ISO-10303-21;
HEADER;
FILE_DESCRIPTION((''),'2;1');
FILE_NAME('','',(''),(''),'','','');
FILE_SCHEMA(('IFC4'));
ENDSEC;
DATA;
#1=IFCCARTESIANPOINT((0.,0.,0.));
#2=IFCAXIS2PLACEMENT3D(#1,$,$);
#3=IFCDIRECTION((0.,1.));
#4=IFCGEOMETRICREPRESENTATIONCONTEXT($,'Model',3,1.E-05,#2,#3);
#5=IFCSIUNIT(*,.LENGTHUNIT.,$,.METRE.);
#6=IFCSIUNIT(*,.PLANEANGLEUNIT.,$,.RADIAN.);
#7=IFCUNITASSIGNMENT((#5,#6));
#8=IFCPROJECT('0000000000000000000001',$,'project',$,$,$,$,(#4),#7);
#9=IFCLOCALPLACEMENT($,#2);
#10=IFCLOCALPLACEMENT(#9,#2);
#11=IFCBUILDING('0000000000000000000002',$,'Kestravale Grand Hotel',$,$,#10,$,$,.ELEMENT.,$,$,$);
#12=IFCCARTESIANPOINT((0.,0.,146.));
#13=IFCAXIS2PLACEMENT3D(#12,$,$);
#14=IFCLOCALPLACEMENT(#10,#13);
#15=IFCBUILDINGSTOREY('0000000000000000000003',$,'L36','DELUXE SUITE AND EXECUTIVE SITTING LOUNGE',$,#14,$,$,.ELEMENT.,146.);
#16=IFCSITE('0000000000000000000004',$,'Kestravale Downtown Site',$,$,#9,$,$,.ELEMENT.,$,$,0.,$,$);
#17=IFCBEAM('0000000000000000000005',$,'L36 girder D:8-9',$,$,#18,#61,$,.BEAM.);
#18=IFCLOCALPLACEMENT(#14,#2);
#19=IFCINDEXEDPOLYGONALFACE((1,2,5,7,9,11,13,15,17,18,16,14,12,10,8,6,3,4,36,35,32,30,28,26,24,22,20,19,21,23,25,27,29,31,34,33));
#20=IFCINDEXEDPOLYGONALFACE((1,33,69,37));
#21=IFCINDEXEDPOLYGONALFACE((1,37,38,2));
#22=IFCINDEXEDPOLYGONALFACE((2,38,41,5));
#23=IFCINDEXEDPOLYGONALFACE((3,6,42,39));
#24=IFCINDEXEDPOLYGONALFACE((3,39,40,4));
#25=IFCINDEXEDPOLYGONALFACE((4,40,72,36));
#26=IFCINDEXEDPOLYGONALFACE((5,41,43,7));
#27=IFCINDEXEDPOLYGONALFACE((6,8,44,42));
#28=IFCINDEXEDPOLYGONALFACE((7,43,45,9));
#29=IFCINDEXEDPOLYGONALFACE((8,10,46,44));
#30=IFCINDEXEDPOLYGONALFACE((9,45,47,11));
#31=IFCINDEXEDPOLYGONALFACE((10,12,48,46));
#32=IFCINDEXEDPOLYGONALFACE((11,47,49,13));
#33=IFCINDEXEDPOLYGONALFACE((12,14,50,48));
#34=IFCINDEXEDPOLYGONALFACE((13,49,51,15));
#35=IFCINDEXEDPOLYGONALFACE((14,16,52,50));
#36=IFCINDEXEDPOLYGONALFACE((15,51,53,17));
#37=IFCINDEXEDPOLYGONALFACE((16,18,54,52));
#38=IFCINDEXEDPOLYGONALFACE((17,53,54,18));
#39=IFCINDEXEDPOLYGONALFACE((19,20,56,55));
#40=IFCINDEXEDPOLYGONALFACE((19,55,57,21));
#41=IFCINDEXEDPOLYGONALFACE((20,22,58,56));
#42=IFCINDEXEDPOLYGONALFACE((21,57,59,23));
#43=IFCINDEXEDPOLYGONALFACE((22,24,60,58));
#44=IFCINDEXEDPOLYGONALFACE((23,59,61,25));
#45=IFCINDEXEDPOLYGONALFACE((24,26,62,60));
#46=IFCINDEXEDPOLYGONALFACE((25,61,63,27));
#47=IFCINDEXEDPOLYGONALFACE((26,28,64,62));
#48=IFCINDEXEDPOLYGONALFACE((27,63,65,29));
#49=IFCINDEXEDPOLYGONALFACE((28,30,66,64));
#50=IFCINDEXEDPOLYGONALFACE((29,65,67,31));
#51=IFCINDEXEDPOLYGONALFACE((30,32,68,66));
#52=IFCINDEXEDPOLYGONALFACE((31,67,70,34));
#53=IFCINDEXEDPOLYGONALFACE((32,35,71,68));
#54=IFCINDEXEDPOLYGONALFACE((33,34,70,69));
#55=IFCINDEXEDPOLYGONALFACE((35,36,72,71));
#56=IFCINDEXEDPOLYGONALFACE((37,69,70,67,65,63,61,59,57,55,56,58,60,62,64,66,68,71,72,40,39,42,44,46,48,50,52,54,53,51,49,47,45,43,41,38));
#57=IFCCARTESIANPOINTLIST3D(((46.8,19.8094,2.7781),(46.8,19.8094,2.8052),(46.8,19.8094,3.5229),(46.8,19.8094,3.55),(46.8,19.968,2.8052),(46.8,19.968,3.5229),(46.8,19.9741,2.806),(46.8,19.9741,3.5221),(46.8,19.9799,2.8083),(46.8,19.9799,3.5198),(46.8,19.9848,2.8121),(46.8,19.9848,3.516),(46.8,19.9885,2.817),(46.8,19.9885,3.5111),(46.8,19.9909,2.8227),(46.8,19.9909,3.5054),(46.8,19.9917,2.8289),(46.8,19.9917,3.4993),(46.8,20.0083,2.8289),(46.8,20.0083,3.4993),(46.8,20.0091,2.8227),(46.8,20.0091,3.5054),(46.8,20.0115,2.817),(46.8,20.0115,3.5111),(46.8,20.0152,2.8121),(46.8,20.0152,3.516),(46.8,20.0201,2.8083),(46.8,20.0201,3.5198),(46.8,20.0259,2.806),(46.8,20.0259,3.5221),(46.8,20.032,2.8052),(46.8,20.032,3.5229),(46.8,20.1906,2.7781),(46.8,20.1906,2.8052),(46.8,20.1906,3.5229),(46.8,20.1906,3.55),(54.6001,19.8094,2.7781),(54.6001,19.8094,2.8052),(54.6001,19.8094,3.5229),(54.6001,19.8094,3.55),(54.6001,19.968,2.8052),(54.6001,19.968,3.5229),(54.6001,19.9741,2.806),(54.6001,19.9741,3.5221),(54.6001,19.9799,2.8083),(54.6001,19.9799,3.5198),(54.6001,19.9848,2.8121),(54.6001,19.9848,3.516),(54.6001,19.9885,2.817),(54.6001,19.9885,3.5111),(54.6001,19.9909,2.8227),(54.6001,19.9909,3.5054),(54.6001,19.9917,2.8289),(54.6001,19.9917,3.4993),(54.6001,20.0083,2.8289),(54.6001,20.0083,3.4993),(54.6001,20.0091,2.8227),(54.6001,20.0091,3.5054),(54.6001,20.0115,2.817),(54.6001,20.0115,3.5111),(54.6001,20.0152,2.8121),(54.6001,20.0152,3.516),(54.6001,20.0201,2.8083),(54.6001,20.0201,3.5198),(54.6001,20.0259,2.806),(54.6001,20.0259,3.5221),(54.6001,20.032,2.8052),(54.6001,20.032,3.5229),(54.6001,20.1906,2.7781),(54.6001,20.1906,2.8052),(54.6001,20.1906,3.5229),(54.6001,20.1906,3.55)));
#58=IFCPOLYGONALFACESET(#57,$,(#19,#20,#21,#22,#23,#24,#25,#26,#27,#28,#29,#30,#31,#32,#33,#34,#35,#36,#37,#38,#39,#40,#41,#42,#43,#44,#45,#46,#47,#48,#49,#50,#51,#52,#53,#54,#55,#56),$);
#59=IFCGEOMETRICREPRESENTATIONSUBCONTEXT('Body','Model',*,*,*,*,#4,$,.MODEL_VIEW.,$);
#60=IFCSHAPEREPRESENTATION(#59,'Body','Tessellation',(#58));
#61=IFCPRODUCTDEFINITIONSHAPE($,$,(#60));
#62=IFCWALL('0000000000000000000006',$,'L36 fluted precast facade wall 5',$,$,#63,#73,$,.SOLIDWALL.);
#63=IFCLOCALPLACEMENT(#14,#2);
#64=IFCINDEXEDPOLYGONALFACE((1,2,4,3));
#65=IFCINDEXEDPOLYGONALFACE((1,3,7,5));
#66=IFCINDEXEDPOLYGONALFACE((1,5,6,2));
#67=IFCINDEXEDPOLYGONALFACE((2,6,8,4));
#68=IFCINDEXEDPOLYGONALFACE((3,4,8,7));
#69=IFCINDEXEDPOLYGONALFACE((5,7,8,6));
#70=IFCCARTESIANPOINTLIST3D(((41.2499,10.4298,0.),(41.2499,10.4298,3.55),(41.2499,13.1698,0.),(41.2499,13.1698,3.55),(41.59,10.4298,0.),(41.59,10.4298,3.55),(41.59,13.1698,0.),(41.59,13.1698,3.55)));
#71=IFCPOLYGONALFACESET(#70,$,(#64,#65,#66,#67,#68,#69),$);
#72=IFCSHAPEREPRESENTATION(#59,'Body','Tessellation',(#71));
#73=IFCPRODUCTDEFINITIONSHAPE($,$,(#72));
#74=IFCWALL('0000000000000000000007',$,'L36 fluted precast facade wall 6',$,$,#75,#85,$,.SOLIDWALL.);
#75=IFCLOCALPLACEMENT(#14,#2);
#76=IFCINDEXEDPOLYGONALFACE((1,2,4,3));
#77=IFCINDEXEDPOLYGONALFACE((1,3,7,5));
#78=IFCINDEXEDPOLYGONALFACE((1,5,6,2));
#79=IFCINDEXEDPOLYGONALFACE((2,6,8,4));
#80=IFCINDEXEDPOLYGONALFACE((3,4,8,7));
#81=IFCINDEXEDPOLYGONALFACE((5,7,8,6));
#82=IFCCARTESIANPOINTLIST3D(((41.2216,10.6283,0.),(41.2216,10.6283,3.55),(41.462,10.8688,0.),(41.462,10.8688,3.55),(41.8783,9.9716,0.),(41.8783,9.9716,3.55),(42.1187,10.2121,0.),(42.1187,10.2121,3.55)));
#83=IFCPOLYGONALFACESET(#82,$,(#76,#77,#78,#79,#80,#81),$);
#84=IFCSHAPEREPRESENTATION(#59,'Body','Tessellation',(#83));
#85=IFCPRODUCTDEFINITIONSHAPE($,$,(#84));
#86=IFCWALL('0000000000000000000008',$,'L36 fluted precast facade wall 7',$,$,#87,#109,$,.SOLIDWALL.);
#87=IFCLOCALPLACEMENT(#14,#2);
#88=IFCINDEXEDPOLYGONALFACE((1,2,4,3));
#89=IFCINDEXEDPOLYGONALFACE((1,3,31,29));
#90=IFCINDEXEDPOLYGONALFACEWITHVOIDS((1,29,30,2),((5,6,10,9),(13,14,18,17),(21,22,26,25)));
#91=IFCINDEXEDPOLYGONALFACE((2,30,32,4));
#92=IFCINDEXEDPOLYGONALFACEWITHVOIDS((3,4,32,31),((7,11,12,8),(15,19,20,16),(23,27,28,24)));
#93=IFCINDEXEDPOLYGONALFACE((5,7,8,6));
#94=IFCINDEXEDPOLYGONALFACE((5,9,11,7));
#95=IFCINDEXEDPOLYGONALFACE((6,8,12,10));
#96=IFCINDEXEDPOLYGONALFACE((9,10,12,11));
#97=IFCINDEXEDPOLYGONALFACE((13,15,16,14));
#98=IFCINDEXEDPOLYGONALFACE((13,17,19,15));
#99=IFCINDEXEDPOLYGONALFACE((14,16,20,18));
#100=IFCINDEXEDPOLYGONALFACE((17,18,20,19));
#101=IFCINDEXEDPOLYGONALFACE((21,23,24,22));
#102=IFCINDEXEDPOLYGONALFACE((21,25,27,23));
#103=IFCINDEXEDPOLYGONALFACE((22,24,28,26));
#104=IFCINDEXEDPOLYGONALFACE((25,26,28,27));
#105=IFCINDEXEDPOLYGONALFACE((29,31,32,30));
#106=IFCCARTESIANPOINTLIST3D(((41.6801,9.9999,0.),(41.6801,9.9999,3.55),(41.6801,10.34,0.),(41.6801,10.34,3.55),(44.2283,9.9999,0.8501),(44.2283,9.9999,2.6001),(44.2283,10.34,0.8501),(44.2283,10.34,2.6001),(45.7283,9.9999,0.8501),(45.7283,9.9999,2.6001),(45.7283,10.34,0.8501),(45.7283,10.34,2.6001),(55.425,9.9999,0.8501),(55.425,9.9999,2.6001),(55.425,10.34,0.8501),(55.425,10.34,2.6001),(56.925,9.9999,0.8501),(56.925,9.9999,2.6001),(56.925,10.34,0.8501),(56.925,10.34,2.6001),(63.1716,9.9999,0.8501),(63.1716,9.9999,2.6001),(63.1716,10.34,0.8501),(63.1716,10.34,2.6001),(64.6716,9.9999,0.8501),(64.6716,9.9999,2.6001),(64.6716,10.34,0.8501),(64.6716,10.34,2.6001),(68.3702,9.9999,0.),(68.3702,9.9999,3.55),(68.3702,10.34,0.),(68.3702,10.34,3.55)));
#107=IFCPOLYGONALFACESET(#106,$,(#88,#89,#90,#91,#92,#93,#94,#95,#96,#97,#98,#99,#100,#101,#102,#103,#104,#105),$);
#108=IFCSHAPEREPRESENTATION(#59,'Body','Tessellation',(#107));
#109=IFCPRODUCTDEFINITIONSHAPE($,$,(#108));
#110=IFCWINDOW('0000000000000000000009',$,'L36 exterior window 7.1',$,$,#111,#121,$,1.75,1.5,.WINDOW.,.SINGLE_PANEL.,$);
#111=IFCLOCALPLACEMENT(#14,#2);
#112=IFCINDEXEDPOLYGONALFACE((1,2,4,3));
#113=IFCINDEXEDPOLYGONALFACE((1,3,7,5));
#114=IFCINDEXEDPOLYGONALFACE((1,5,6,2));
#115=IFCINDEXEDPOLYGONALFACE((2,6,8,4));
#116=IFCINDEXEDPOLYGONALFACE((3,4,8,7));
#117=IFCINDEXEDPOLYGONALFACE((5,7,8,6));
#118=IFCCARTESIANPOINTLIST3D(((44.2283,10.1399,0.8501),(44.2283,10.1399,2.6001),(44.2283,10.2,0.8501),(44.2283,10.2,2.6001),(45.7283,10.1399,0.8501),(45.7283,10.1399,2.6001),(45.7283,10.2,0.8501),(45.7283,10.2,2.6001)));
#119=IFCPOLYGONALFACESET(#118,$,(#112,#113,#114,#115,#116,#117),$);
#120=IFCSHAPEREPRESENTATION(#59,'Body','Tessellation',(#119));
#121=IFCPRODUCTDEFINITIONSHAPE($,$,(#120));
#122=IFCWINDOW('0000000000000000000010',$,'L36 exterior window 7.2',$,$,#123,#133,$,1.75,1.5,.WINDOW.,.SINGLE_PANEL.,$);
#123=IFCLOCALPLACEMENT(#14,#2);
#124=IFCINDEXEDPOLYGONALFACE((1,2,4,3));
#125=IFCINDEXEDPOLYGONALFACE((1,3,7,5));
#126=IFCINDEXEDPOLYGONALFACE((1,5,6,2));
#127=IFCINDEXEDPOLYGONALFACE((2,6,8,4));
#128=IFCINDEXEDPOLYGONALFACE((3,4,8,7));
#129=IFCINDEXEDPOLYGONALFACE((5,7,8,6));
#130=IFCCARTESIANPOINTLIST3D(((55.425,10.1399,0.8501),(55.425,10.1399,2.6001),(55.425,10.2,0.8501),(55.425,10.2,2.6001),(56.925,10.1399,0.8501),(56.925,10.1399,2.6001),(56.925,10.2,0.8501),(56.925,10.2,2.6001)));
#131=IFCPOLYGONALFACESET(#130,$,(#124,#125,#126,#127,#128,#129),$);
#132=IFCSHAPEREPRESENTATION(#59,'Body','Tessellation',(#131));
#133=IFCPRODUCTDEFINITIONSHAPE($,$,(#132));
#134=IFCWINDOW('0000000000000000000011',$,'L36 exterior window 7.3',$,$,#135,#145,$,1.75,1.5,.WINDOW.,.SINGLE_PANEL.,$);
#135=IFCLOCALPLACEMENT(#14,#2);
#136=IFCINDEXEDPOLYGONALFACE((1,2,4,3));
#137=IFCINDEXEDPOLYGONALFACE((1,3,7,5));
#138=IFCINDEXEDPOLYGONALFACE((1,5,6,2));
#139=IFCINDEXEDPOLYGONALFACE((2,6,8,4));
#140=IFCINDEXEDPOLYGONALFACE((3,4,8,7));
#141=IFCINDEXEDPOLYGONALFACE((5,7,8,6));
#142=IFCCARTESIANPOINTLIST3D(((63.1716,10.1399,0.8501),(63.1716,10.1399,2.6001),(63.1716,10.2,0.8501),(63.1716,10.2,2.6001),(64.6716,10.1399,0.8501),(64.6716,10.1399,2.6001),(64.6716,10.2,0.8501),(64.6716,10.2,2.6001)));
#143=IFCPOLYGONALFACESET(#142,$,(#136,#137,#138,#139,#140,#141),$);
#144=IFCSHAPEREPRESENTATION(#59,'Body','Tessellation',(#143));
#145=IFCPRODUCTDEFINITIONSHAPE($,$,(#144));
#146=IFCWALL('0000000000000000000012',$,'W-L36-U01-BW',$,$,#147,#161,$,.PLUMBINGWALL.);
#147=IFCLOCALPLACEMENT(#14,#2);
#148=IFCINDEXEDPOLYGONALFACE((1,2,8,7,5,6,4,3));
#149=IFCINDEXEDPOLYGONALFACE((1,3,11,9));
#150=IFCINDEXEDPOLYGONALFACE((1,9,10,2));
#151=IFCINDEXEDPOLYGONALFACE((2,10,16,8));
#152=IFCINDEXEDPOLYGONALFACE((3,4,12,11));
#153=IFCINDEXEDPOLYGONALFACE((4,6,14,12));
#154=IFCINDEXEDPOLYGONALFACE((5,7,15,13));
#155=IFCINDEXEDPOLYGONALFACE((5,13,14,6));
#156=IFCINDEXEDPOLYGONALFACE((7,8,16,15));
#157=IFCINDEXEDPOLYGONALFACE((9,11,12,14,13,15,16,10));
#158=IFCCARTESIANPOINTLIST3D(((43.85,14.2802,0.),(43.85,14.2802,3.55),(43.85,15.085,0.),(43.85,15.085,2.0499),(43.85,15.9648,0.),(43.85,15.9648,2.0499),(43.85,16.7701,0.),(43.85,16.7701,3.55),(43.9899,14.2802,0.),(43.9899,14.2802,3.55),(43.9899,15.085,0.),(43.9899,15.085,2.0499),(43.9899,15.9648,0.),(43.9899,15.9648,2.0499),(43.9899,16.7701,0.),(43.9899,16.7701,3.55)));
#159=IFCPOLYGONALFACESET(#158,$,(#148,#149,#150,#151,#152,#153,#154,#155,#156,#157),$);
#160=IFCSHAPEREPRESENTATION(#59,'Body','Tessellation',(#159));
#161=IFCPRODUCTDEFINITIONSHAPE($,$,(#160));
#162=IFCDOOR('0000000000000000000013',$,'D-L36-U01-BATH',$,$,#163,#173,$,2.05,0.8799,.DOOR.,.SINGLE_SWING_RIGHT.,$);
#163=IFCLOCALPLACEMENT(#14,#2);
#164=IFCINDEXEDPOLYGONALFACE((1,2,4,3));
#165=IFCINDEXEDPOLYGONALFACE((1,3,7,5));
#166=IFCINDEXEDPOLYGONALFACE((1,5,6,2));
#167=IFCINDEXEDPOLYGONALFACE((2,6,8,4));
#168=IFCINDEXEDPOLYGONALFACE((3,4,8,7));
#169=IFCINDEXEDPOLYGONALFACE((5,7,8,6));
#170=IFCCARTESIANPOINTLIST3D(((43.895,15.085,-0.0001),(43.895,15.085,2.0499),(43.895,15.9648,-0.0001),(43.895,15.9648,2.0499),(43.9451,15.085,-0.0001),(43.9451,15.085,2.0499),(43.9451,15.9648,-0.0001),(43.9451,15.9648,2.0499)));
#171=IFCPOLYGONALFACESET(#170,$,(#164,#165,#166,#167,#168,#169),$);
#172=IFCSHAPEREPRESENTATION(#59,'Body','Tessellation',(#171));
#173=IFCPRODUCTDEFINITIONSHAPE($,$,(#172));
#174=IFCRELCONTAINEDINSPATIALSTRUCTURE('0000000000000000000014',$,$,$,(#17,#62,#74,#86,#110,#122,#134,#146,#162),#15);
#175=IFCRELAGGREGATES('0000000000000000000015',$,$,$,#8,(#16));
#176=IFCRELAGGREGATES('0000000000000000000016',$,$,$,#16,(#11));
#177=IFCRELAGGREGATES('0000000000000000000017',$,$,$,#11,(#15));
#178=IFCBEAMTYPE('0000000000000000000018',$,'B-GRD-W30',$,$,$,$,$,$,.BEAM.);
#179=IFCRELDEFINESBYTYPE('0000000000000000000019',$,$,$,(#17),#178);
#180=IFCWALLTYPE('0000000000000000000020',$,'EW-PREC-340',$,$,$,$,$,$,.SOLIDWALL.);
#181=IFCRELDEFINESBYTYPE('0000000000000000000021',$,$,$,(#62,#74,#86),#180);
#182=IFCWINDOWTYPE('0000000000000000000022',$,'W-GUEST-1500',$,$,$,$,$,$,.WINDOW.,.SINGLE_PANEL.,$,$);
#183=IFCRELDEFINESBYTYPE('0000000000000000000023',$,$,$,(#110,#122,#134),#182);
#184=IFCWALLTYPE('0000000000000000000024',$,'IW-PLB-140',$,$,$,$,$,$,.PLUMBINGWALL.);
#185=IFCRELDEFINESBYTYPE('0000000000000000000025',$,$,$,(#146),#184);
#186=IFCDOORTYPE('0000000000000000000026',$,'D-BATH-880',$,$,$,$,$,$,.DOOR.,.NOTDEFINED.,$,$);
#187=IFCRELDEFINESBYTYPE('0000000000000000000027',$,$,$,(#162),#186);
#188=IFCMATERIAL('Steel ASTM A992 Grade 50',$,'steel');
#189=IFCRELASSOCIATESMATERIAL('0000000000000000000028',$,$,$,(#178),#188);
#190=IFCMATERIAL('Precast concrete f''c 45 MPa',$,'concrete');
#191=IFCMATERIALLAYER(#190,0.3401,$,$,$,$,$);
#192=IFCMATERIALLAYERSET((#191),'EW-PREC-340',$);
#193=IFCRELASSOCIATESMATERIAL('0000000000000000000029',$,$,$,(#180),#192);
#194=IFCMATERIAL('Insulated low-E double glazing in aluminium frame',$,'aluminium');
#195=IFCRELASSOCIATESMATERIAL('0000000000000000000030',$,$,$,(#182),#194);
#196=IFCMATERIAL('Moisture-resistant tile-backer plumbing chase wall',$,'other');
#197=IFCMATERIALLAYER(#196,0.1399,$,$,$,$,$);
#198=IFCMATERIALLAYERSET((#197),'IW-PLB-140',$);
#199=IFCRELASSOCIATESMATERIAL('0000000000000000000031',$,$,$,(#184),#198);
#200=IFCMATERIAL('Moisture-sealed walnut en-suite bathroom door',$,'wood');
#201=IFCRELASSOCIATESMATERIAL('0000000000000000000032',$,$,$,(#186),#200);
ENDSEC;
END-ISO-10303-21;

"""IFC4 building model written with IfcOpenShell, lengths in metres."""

from ifc_helpers import new_model, si_unit, direction, frame, frame_2d, origin, origin_2d, place, context, subcontext, project, spatial, rectangle, i_section, extrude, material, layer, layer_set, material_profile, profile_set, type_object, element, fill, save


model = new_model("IFC4")

# Units and contexts
model_context = context("Model", 3, precision=1e-05, world=origin(), true_north=direction((0.0, 1.0)))
body_context = subcontext(model_context, "Body", "Model", "MODEL_VIEW")
ifc_project = project(units=[si_unit("LENGTHUNIT", "METRE"), si_unit("PLANEANGLEUNIT", "RADIAN")], contexts=[model_context])

# Site, building, storey
site_placement = place(None, origin())
site = spatial("IfcSite", under=ifc_project, at=site_placement, Name="Kestravale Downtown Site", CompositionType="ELEMENT", RefElevation=0.0)
building_placement = place(site_placement, origin())
building = spatial("IfcBuilding", under=site, at=building_placement, Name="Kestravale Grand Hotel", CompositionType="ELEMENT")
storey_placement = place(building_placement, frame((0.0, 0.0, 146.0)))
storey = spatial("IfcBuildingStorey", under=building, at=storey_placement, Name="L36", Description="DELUXE SUITE AND EXECUTIVE SITTING LOUNGE", CompositionType="ELEMENT", Elevation=146.0)

# Beam
ifc_material_1 = material(Name="Steel ASTM A992 Grade 50", Category="steel")
ifc_material_profile_1 = material_profile(ifc_material_1, i_section(OverallWidth=0.3811, OverallDepth=0.772, WebThickness=0.0166, FlangeThickness=0.0271, FilletRadius=0.0237, at=origin_2d()))
ifc_profile_set_1 = profile_set([ifc_material_profile_1], Name="Steel ASTM A992 Grade 50")
beam_type_1 = type_object("IfcBeamType", Name="B-GRD-W30", PredefinedType="BEAM", material=ifc_profile_set_1)
beam_1_placement = place(storey_placement, frame((46.8, 20.0, 3.1641), z_axis=(1.0, 0.0, 0.0), x_axis=(0.0, 1.0, 0.0)))
element("IfcBeam", 1, at=beam_1_placement, inside=storey, type_object=beam_type_1, Name="L36 girder D:8-9", PredefinedType="BEAM", context=body_context, shape_type="SweptSolid", body=[
    extrude(i_section(OverallWidth=0.3811, OverallDepth=0.772, WebThickness=0.0166, FlangeThickness=0.0271, FilletRadius=0.0237, at=origin_2d()), origin(), (0.0, 0.0, 1.0), 7.8),
])

# Walls
ifc_material_2 = material(Name="Precast concrete f'c 45 MPa", Category="concrete")
ifc_layer_1 = layer(ifc_material_2, 0.3401)
ifc_layer_set_1 = layer_set([ifc_layer_1], Name="EW-PREC-340")
wall_type_1 = type_object("IfcWallType", Name="EW-PREC-340", PredefinedType="SOLIDWALL", material=ifc_layer_set_1)
wall_1_placement = place(storey_placement, frame((41.4199, 13.1699, 0.0), z_axis=(0.0, 0.0, 1.0), x_axis=(0.0, -1.0, 0.0)))
element("IfcWall", 2, at=wall_1_placement, inside=storey, type_object=wall_type_1, Name="L36 fluted precast facade wall 5", PredefinedType="SOLIDWALL", context=body_context, shape_type="SweptSolid", body=[
    extrude(rectangle(XDim=2.74, YDim=0.3401, at=frame_2d((1.3701, 0.0))), origin(), (0.0, 0.0, 1.0), 3.55),
])
wall_2_placement = place(storey_placement, frame((41.3418, 10.7485, 0.0), z_axis=(0.0, 0.0, 1.0), x_axis=(0.707107, -0.707107, 0.0)))
element("IfcWall", 3, at=wall_2_placement, inside=storey, type_object=wall_type_1, Name="L36 fluted precast facade wall 6", PredefinedType="SOLIDWALL", context=body_context, shape_type="SweptSolid", body=[
    extrude(rectangle(XDim=0.9287, YDim=0.3401, at=frame_2d((0.4644, 0.0))), origin(), (0.0, 0.0, 1.0), 3.55),
])

# Wall, openings, windows
wall_3_placement = place(storey_placement, frame((41.6799, 10.1699, 0.0), z_axis=(0.0, 0.0, 1.0), x_axis=(1.0, 0.0, 0.0)))
wall_3 = element("IfcWall", 4, at=wall_3_placement, inside=storey, type_object=wall_type_1, Name="L36 fluted precast facade wall 7", PredefinedType="SOLIDWALL", context=body_context, shape_type="SweptSolid", body=[
    extrude(rectangle(XDim=26.6902, YDim=0.3401, at=frame_2d((13.3452, 0.0))), origin(), (0.0, 0.0, 1.0), 3.55),
])
opening_1_placement = place(wall_3_placement, frame((2.5483, 0.0, 0.8501)))
opening_1 = element("IfcOpeningElement", 5, at=opening_1_placement, cuts=wall_3, PredefinedType="OPENING", context=body_context, shape_type="SweptSolid", body=[
    extrude(rectangle(XDim=1.5, YDim=1.75, at=frame_2d((0.75, 0.875))), frame((0.0, 0.1799, 0.0), z_axis=(0.0, -1.0, 0.0), x_axis=(1.0, 0.0, 0.0)), (0.0, 0.0, 1.0), 0.3601),
])
opening_2_placement = place(wall_3_placement, frame((13.7451, 0.0, 0.8501)))
opening_2 = element("IfcOpeningElement", 6, at=opening_2_placement, cuts=wall_3, PredefinedType="OPENING", context=body_context, shape_type="SweptSolid", body=[
    extrude(rectangle(XDim=1.5, YDim=1.75, at=frame_2d((0.75, 0.875))), frame((0.0, 0.1799, 0.0), z_axis=(0.0, -1.0, 0.0), x_axis=(1.0, 0.0, 0.0)), (0.0, 0.0, 1.0), 0.3601),
])
opening_3_placement = place(wall_3_placement, frame((21.4917, 0.0, 0.8501)))
opening_3 = element("IfcOpeningElement", 7, at=opening_3_placement, cuts=wall_3, PredefinedType="OPENING", context=body_context, shape_type="SweptSolid", body=[
    extrude(rectangle(XDim=1.5, YDim=1.75, at=frame_2d((0.75, 0.875))), frame((0.0, 0.1799, 0.0), z_axis=(0.0, -1.0, 0.0), x_axis=(1.0, 0.0, 0.0)), (0.0, 0.0, 1.0), 0.3601),
])
ifc_material_3 = material(Name="Insulated low-E double glazing in aluminium frame", Category="aluminium")
window_type = type_object("IfcWindowType", Name="W-GUEST-1500", PartitioningType="SINGLE_PANEL", PredefinedType="WINDOW", material=ifc_material_3)
window_1_placement = place(opening_1_placement, origin())
window_1 = element("IfcWindow", 8, at=window_1_placement, inside=storey, type_object=window_type, Name="L36 exterior window 7.1", OverallHeight=1.75, OverallWidth=1.5, PartitioningType="SINGLE_PANEL", PredefinedType="WINDOW", context=body_context, shape_type="SweptSolid", body=[
    extrude(rectangle(XDim=1.5, YDim=1.75, at=frame_2d((0.75, 0.875))), frame((0.0, 0.03, 0.0), z_axis=(0.0, -1.0, 0.0), x_axis=(1.0, 0.0, 0.0)), (0.0, 0.0, 1.0), 0.0601),
])
fill(opening_1, window_1)
window_2_placement = place(opening_2_placement, origin())
window_2 = element("IfcWindow", 9, at=window_2_placement, inside=storey, type_object=window_type, Name="L36 exterior window 7.2", OverallHeight=1.75, OverallWidth=1.5, PartitioningType="SINGLE_PANEL", PredefinedType="WINDOW", context=body_context, shape_type="SweptSolid", body=[
    extrude(rectangle(XDim=1.5, YDim=1.75, at=frame_2d((0.75, 0.875))), frame((0.0, 0.03, 0.0), z_axis=(0.0, -1.0, 0.0), x_axis=(1.0, 0.0, 0.0)), (0.0, 0.0, 1.0), 0.0601),
])
fill(opening_2, window_2)
window_3_placement = place(opening_3_placement, origin())
window_3 = element("IfcWindow", 10, at=window_3_placement, inside=storey, type_object=window_type, Name="L36 exterior window 7.3", OverallHeight=1.75, OverallWidth=1.5, PartitioningType="SINGLE_PANEL", PredefinedType="WINDOW", context=body_context, shape_type="SweptSolid", body=[
    extrude(rectangle(XDim=1.5, YDim=1.75, at=frame_2d((0.75, 0.875))), frame((0.0, 0.03, 0.0), z_axis=(0.0, -1.0, 0.0), x_axis=(1.0, 0.0, 0.0)), (0.0, 0.0, 1.0), 0.0601),
])
fill(opening_3, window_3)

# Wall, opening, door
ifc_material_4 = material(Name="Moisture-resistant tile-backer plumbing chase wall", Category="other")
ifc_layer_2 = layer(ifc_material_4, 0.1399)
ifc_layer_set_2 = layer_set([ifc_layer_2], Name="IW-PLB-140")
wall_type_2 = type_object("IfcWallType", Name="IW-PLB-140", PredefinedType="PLUMBINGWALL", material=ifc_layer_set_2)
wall_4_placement = place(storey_placement, frame((43.9199, 14.28, 0.0), z_axis=(0.0, 0.0, 1.0), x_axis=(0.0, 1.0, 0.0)))
wall_4 = element("IfcWall", 11, at=wall_4_placement, inside=storey, type_object=wall_type_2, Name="W-L36-U01-BW", PredefinedType="PLUMBINGWALL", context=body_context, shape_type="SweptSolid", body=[
    extrude(rectangle(XDim=2.49, YDim=0.1399, at=frame_2d((1.2451, 0.0))), origin(), (0.0, 0.0, 1.0), 3.55),
])
opening_4_placement = place(wall_4_placement, frame((0.8049, 0.0, 0.0)))
opening_4 = element("IfcOpeningElement", 12, at=opening_4_placement, cuts=wall_4, PredefinedType="OPENING", context=body_context, shape_type="SweptSolid", body=[
    extrude(rectangle(XDim=0.8799, YDim=2.05, at=frame_2d((0.4399, 1.0249))), frame((0.0, 0.0798, 0.0), z_axis=(0.0, -1.0, 0.0), x_axis=(1.0, 0.0, 0.0)), (0.0, 0.0, 1.0), 0.1599),
])
ifc_material_5 = material(Name="Moisture-sealed walnut en-suite bathroom door", Category="wood")
door_type = type_object("IfcDoorType", Name="D-BATH-880", OperationType="NOTDEFINED", PredefinedType="DOOR", material=ifc_material_5)
door_placement = place(opening_4_placement, origin())
door = element("IfcDoor", 13, at=door_placement, inside=storey, type_object=door_type, Name="D-L36-U01-BATH", OperationType="SINGLE_SWING_RIGHT", OverallHeight=2.05, OverallWidth=0.8799, PredefinedType="DOOR", context=body_context, shape_type="SweptSolid", body=[
    extrude(rectangle(XDim=0.8799, YDim=2.05, at=frame_2d((0.4399, 1.0249))), frame((0.0, 0.0249, 0.0), z_axis=(0.0, -1.0, 0.0), x_axis=(1.0, 0.0, 0.0)), (0.0, 0.0, 1.0), 0.05),
])
fill(opening_4, door)

save(model, "model.ifc")
